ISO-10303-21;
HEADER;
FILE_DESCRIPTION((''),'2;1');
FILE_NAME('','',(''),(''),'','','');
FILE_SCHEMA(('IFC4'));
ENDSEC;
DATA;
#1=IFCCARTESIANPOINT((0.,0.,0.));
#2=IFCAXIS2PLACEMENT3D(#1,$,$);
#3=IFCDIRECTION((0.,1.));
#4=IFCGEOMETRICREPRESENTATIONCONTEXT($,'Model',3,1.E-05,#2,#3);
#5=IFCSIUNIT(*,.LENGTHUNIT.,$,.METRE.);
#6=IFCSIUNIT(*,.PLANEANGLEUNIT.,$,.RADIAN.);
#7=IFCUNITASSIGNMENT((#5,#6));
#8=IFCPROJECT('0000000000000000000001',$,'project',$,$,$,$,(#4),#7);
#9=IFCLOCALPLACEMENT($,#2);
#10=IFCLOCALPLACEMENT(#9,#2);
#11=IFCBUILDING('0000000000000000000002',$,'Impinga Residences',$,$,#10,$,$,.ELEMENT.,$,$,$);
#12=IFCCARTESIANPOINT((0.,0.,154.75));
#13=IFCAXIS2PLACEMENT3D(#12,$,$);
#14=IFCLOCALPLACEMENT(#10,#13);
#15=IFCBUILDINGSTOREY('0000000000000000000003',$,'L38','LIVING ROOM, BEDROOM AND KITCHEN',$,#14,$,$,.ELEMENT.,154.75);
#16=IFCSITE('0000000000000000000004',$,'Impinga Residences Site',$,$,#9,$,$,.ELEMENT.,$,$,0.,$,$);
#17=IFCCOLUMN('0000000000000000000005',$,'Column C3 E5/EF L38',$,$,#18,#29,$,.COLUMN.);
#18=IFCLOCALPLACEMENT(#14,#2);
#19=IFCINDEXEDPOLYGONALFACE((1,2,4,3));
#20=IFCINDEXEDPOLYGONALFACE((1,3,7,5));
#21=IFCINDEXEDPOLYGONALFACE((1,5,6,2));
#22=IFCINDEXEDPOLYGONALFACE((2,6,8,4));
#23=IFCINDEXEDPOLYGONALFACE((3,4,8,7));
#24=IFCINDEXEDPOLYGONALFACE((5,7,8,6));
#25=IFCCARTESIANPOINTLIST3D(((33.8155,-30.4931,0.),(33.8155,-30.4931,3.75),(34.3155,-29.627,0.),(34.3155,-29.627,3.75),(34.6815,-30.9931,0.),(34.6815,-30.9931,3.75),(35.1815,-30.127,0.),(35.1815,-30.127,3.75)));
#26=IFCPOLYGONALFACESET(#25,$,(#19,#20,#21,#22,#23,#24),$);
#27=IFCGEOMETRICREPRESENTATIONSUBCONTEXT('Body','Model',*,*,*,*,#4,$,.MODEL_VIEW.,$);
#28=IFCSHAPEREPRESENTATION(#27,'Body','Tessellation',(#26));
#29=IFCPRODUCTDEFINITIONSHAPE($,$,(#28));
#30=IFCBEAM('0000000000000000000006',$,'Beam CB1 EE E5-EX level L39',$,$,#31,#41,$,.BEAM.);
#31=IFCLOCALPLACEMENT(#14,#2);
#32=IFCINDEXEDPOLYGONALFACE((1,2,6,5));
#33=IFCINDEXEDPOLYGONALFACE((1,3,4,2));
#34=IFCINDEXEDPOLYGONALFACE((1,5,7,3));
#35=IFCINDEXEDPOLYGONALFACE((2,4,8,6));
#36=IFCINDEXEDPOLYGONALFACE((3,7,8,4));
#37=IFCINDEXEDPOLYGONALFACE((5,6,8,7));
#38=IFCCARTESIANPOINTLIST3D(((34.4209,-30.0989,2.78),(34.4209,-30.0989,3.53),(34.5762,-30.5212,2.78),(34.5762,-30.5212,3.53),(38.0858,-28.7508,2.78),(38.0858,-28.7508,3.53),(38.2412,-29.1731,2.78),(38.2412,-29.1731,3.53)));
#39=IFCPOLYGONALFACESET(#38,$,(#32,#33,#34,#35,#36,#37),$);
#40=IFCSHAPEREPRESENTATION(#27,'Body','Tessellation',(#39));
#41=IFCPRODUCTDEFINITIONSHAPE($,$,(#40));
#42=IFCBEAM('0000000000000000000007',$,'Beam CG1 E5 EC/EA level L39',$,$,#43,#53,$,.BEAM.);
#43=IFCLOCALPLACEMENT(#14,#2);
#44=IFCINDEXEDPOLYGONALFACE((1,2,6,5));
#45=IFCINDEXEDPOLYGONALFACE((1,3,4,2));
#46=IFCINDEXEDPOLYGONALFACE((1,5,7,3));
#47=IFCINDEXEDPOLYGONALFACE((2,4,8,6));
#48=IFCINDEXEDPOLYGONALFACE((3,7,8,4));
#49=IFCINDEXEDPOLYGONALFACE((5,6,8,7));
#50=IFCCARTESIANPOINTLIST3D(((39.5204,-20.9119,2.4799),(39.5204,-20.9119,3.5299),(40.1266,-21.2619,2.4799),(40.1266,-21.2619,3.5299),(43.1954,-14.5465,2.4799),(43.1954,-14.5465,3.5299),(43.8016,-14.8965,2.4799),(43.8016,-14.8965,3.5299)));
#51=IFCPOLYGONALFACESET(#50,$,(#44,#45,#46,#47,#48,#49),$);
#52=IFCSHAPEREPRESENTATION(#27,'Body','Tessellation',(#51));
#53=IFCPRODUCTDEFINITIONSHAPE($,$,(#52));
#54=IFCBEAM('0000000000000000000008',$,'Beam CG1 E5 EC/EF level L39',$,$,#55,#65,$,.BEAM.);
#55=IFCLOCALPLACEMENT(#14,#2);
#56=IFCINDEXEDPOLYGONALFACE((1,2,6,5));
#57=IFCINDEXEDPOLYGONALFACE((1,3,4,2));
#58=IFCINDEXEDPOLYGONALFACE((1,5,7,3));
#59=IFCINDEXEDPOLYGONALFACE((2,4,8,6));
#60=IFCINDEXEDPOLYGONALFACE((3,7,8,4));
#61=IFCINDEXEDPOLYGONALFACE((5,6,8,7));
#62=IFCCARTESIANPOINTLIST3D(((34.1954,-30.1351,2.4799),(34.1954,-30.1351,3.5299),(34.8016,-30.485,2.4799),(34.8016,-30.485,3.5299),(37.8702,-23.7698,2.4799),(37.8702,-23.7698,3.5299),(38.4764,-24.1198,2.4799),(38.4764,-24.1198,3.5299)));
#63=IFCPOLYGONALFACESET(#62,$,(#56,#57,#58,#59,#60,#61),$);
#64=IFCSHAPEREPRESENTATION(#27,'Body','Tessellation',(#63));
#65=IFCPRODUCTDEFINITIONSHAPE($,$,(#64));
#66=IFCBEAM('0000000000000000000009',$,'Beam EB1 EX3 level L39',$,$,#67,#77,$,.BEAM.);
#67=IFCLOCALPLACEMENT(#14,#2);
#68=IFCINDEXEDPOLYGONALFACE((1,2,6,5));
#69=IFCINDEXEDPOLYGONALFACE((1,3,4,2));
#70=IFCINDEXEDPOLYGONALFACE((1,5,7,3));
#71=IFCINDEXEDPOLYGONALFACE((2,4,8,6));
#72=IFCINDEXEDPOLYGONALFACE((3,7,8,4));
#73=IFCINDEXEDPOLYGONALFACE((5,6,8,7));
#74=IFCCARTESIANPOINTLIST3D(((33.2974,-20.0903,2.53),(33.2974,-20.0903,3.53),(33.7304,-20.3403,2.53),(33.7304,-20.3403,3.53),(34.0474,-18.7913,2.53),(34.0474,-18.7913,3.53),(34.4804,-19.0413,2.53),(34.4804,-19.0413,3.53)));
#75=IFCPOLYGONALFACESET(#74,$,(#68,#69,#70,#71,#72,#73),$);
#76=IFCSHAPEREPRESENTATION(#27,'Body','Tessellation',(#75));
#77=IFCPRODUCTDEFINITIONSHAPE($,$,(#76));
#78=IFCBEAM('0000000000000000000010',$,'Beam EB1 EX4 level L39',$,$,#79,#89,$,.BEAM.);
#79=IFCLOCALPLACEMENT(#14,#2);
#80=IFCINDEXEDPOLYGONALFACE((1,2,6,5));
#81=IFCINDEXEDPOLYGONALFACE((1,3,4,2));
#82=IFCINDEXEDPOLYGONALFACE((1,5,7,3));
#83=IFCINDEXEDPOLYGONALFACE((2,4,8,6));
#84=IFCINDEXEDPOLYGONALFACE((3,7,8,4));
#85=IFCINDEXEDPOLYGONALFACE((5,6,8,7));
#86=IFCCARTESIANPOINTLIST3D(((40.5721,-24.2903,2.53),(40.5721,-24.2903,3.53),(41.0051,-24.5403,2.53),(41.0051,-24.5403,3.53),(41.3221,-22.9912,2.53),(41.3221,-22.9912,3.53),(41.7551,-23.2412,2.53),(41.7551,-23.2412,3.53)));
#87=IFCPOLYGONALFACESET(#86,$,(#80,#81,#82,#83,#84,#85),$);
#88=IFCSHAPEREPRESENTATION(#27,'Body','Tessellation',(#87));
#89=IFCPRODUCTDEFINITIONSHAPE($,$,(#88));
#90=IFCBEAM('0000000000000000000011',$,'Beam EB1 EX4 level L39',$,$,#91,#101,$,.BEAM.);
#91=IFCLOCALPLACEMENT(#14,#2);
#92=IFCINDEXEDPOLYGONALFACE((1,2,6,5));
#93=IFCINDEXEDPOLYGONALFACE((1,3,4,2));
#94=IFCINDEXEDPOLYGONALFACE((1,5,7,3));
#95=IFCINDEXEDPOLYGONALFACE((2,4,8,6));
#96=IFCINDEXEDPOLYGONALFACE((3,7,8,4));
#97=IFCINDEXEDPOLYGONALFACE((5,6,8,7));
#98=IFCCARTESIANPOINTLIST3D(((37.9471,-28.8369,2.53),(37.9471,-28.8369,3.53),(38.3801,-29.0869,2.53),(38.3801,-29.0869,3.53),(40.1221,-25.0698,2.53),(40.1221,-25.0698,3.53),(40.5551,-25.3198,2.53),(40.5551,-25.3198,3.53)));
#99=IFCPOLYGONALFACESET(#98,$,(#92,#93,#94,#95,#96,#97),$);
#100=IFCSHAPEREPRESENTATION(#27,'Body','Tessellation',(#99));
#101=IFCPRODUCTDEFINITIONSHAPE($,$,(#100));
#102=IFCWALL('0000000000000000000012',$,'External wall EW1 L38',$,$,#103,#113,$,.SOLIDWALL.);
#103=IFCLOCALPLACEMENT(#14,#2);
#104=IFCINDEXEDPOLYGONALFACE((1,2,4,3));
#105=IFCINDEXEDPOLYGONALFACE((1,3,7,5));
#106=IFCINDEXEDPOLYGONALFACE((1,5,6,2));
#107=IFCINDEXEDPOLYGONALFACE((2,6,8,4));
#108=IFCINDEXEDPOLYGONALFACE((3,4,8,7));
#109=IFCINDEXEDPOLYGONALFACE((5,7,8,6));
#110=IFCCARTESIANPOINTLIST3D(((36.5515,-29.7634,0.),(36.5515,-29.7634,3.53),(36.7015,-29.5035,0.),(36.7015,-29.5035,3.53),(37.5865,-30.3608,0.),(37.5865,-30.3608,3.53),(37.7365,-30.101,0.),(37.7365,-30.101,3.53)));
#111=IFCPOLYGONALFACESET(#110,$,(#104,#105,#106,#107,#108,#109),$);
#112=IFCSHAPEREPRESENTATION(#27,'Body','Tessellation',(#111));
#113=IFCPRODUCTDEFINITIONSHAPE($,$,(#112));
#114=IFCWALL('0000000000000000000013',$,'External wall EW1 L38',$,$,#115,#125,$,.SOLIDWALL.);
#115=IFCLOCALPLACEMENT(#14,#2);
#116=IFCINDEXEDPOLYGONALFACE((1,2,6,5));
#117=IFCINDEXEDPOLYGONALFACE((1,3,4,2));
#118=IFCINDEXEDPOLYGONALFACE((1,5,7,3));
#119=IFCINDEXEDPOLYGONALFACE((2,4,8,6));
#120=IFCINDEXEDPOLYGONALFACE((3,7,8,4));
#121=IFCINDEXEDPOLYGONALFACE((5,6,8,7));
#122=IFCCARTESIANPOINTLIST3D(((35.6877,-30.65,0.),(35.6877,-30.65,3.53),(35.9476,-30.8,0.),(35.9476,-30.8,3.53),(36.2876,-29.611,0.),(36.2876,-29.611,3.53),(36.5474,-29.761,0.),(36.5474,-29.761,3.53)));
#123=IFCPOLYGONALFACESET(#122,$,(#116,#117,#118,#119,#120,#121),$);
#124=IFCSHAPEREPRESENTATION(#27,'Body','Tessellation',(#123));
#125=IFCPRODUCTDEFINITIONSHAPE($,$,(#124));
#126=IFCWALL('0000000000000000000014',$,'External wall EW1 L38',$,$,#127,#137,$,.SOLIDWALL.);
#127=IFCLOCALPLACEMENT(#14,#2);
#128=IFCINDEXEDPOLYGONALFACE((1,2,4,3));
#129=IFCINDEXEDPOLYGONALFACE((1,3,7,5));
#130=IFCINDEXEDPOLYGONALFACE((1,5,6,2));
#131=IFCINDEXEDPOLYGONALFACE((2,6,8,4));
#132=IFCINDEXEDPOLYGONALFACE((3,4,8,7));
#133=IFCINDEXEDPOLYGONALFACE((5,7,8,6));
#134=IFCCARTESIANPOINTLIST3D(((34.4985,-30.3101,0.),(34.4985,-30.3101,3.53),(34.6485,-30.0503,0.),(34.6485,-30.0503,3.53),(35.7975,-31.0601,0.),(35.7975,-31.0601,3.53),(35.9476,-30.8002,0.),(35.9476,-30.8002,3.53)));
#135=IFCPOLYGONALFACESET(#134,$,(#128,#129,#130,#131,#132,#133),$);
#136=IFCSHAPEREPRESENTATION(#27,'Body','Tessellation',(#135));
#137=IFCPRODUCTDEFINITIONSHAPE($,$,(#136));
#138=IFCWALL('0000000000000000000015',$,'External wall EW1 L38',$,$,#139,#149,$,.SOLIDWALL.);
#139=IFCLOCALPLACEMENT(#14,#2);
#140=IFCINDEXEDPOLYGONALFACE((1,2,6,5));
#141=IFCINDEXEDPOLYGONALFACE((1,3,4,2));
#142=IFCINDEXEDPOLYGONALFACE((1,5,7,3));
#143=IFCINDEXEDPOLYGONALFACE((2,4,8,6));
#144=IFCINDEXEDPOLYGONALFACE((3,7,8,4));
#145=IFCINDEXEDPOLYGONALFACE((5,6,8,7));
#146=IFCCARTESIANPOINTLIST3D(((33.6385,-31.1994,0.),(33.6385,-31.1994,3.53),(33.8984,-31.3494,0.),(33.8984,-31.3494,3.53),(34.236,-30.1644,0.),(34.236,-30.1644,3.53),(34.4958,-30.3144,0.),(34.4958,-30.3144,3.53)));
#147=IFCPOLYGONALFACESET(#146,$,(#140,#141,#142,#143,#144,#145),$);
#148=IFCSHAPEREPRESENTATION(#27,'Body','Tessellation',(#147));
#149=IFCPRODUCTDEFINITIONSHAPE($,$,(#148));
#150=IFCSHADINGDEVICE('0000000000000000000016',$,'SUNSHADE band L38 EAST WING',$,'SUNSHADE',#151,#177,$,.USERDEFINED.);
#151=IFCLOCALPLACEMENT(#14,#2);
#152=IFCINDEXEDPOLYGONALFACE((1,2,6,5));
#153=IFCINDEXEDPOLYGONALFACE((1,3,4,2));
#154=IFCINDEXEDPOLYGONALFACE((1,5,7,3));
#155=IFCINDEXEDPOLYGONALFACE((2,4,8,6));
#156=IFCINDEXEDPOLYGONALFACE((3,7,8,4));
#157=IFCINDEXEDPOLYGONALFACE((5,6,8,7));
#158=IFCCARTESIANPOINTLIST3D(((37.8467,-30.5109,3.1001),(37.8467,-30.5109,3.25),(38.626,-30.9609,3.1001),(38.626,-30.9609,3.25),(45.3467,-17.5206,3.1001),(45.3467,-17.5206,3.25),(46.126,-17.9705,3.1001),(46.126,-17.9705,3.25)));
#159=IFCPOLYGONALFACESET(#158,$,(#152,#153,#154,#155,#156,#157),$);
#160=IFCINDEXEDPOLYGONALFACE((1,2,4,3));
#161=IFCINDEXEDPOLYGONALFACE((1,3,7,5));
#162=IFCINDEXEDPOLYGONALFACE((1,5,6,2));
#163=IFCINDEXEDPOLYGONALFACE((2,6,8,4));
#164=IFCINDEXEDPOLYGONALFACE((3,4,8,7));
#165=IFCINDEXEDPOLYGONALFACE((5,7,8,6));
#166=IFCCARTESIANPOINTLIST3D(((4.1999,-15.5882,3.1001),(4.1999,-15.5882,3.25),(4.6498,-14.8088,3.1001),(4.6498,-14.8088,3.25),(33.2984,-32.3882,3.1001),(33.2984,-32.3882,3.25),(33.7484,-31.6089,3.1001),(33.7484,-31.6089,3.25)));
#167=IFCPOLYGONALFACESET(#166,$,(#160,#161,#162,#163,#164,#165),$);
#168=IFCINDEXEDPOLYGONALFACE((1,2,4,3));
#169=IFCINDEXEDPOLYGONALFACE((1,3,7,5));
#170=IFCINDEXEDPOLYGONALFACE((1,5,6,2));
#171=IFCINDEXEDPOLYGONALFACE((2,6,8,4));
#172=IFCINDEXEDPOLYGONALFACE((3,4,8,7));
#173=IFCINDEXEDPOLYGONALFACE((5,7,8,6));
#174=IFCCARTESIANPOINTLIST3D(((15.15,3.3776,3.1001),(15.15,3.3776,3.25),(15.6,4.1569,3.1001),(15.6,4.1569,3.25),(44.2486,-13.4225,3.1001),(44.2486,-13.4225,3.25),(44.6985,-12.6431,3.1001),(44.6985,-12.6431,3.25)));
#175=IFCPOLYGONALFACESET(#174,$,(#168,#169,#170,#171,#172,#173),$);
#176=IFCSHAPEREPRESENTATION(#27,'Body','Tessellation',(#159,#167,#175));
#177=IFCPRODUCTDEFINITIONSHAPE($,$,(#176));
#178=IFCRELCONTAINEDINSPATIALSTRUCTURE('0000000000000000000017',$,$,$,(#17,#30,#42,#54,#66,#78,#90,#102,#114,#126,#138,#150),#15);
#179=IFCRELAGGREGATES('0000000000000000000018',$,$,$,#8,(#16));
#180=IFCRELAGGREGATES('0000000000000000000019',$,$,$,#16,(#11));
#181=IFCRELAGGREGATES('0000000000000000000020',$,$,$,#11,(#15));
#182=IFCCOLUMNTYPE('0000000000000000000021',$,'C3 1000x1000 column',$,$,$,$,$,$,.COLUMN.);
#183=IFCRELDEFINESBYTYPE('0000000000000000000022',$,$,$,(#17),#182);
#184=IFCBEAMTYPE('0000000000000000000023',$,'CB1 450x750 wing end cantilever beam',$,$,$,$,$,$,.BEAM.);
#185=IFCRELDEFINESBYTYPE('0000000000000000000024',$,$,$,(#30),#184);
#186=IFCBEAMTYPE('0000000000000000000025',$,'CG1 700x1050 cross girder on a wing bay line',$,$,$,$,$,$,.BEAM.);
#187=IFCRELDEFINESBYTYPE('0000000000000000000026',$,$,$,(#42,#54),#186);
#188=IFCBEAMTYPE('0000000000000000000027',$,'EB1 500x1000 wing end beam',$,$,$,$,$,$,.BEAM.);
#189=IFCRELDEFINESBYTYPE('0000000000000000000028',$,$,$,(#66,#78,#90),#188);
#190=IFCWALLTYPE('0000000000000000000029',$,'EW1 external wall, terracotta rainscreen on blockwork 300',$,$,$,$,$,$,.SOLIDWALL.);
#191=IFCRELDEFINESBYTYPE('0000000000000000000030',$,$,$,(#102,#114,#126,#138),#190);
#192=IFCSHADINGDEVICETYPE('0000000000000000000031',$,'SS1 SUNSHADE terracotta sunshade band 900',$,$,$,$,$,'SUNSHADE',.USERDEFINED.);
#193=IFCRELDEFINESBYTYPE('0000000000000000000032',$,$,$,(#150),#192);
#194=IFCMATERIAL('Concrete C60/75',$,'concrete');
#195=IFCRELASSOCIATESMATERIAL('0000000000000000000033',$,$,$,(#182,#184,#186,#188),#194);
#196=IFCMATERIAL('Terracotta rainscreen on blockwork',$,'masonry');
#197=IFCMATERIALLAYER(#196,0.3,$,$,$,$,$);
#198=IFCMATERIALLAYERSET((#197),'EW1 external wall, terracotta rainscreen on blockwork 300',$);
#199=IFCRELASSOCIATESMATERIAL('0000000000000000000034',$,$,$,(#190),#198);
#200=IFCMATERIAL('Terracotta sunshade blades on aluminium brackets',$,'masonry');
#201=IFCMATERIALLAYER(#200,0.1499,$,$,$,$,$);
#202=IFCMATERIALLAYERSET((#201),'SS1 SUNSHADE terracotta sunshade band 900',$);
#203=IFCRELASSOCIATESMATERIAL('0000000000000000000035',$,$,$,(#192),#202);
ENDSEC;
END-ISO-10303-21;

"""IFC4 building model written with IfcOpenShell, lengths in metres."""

from ifc_helpers import new_model, si_unit, direction, frame, frame_2d, origin, origin_2d, place, context, subcontext, project, spatial, rectangle, extrude, material, layer, layer_set, material_profile, profile_set, type_object, element, save


model = new_model("IFC4")

# Units and contexts
model_context = context("Model", 3, precision=1e-05, world=origin(), true_north=direction((0.0, 1.0)))
body_context = subcontext(model_context, "Body", "Model", "MODEL_VIEW")
ifc_project = project(units=[si_unit("LENGTHUNIT", "METRE"), si_unit("PLANEANGLEUNIT", "RADIAN")], contexts=[model_context])

# Site, building, storey
site_placement = place(None, origin())
site = spatial("IfcSite", under=ifc_project, at=site_placement, Name="Impinga Residences Site", CompositionType="ELEMENT", RefElevation=0.0)
building_placement = place(site_placement, origin())
building = spatial("IfcBuilding", under=site, at=building_placement, Name="Impinga Residences", CompositionType="ELEMENT")
storey_placement = place(building_placement, frame((0.0, 0.0, 154.75)))
storey = spatial("IfcBuildingStorey", under=building, at=storey_placement, Name="L38", Description="LIVING ROOM, BEDROOM AND KITCHEN", CompositionType="ELEMENT", Elevation=154.75)

# Column
ifc_material_1 = material(Name="Concrete C60/75", Category="concrete")
ifc_material_profile_1 = material_profile(ifc_material_1, rectangle(XDim=1.0, YDim=1.0, at=origin_2d()), Name="RC 1000x1000")
ifc_profile_set_1 = profile_set([ifc_material_profile_1], Name="Concrete C60/75")
column_type = type_object("IfcColumnType", Name="C3 1000x1000 column", PredefinedType="COLUMN", material=ifc_profile_set_1)
column_placement = place(storey_placement, frame((34.4985, -30.3101, 0.0), z_axis=(0.0, 0.0, 1.0), x_axis=(-0.5, -0.866025, 0.0)))
element("IfcColumn", 1, at=column_placement, inside=storey, type_object=column_type, Name="Column C3 E5/EF L38", PredefinedType="COLUMN", context=body_context, shape_type="SweptSolid", body=[
    extrude(rectangle(XDim=1.0, YDim=1.0, at=origin_2d()), origin(), (0.0, 0.0, 1.0), 3.75),
])

# Beams
ifc_material_profile_2 = material_profile(ifc_material_1, rectangle(XDim=0.45, YDim=0.75, at=origin_2d()), Name="RC 450x750")
ifc_profile_set_2 = profile_set([ifc_material_profile_2], Name="Concrete C60/75")
beam_type_1 = type_object("IfcBeamType", Name="CB1 450x750 wing end cantilever beam", PredefinedType="BEAM", material=ifc_profile_set_2)
beam_1_placement = place(storey_placement, frame((34.4985, -30.3101, 3.155), z_axis=(0.93852, 0.345224, 0.0), x_axis=(-0.345224, 0.93852, 0.0)))
element("IfcBeam", 2, at=beam_1_placement, inside=storey, type_object=beam_type_1, Name="Beam CB1 EE E5-EX level L39", PredefinedType="BEAM", context=body_context, shape_type="SweptSolid", body=[
    extrude(rectangle(XDim=0.45, YDim=0.75, at=origin_2d()), origin(), (0.0, 0.0, 1.0), 3.905),
])
ifc_material_profile_3 = material_profile(ifc_material_1, rectangle(XDim=0.7, YDim=1.05, at=origin_2d()), Name="RC 700x1050")
ifc_profile_set_3 = profile_set([ifc_material_profile_3], Name="Concrete C60/75")
beam_type_2 = type_object("IfcBeamType", Name="CG1 700x1050 cross girder on a wing bay line", PredefinedType="BEAM", material=ifc_profile_set_3)
beam_2_placement = place(storey_placement, frame((39.8235, -21.0869, 3.0049), z_axis=(0.499994, 0.866029, 0.0), x_axis=(-0.866029, 0.499994, 0.0)))
element("IfcBeam", 3, at=beam_2_placement, inside=storey, type_object=beam_type_2, Name="Beam CG1 E5 EC/EA level L39", PredefinedType="BEAM", context=body_context, shape_type="SweptSolid", body=[
    extrude(rectangle(XDim=0.7, YDim=1.05, at=origin_2d()), origin(), (0.0, 0.0, 1.0), 7.3501),
])
beam_3_placement = place(storey_placement, frame((38.1733, -23.9448, 3.0049), z_axis=(-0.499983, -0.866035, 0.0), x_axis=(0.866035, -0.499983, 0.0)))
element("IfcBeam", 4, at=beam_3_placement, inside=storey, type_object=beam_type_2, Name="Beam CG1 E5 EC/EF level L39", PredefinedType="BEAM", context=body_context, shape_type="SweptSolid", body=[
    extrude(rectangle(XDim=0.7, YDim=1.05, at=origin_2d()), origin(), (0.0, 0.0, 1.0), 7.3499),
])
ifc_material_profile_4 = material_profile(ifc_material_1, rectangle(XDim=0.5, YDim=1.0, at=origin_2d()), Name="RC 500x1000")
ifc_profile_set_4 = profile_set([ifc_material_profile_4], Name="Concrete C60/75")
beam_type_3 = type_object("IfcBeamType", Name="EB1 500x1000 wing end beam", PredefinedType="BEAM", material=ifc_profile_set_4)
for number, where, z_axis, x_axis, name in (
    (5, (34.2639, -18.9163, 3.03), (-0.49999, -0.866031, 0.0), (0.866031, -0.49999, 0.0), "Beam EB1 EX3 level L39"),
    (6, (41.5386, -23.1162, 3.03), (-0.49999, -0.866031, 0.0), (0.866031, -0.49999, 0.0), "Beam EB1 EX4 level L39"),
):
    element("IfcBeam", number, at=place(storey_placement, frame(where, z_axis=z_axis, x_axis=x_axis)), inside=storey, type_object=beam_type_3, Name=name, PredefinedType="BEAM", context=body_context, shape_type="SweptSolid", body=[
        extrude(rectangle(XDim=0.5, YDim=1.0, at=origin_2d()), origin(), (0.0, 0.0, 1.0), 1.5),
    ])
beam_4_placement = place(storey_placement, frame((40.3386, -25.1948, 3.03), z_axis=(-0.50002, -0.866014, 0.0), x_axis=(0.866014, -0.50002, 0.0)))
element("IfcBeam", 7, at=beam_4_placement, inside=storey, type_object=beam_type_3, Name="Beam EB1 EX4 level L39", PredefinedType="BEAM", context=body_context, shape_type="SweptSolid", body=[
    extrude(rectangle(XDim=0.5, YDim=1.0, at=origin_2d()), origin(), (0.0, 0.0, 1.0), 4.3499),
])

# Walls
ifc_material_2 = material(Name="Terracotta rainscreen on blockwork", Category="masonry")
ifc_layer_1 = layer(ifc_material_2, 0.3)
ifc_layer_set_1 = layer_set([ifc_layer_1], Name="EW1 external wall, terracotta rainscreen on blockwork 300")
wall_type = type_object("IfcWallType", Name="EW1 external wall, terracotta rainscreen on blockwork 300", PredefinedType="SOLIDWALL", material=ifc_layer_set_1)
wall_1_placement = place(storey_placement, frame((37.6616, -30.231, 0.0), z_axis=(0.0, 0.0, 1.0), x_axis=(-0.86606, 0.499941, 0.0)))
element("IfcWall", 8, at=wall_1_placement, inside=storey, type_object=wall_type, Name="External wall EW1 L38", PredefinedType="SOLIDWALL", context=body_context, shape_type="SweptSolid", body=[
    extrude(rectangle(XDim=1.1951, YDim=0.3, at=frame_2d((0.5977, 0.0))), origin(), (0.0, 0.0, 1.0), 3.53),
])
wall_2_placement = place(storey_placement, frame((36.4175, -29.686, 0.0), z_axis=(0.0, 0.0, 1.0), x_axis=(-0.499969, -0.866043, 0.0)))
element("IfcWall", 9, at=wall_2_placement, inside=storey, type_object=wall_type, Name="External wall EW1 L38", PredefinedType="SOLIDWALL", context=body_context, shape_type="SweptSolid", body=[
    extrude(rectangle(XDim=1.1997, YDim=0.3, at=frame_2d((0.5999, 0.0))), origin(), (0.0, 0.0, 1.0), 3.53),
])
wall_3_placement = place(storey_placement, frame((35.8726, -30.9302, 0.0), z_axis=(0.0, 0.0, 1.0), x_axis=(-0.866031, 0.49999, 0.0)))
element("IfcWall", 10, at=wall_3_placement, inside=storey, type_object=wall_type, Name="External wall EW1 L38", PredefinedType="SOLIDWALL", context=body_context, shape_type="SweptSolid", body=[
    extrude(rectangle(XDim=1.5, YDim=0.3, at=frame_2d((0.75, 0.0))), origin(), (0.0, 0.0, 1.0), 3.53),
])
wall_4_placement = place(storey_placement, frame((34.366, -30.2393, 0.0), z_axis=(0.0, 0.0, 1.0), x_axis=(-0.499941, -0.86606, 0.0)))
element("IfcWall", 11, at=wall_4_placement, inside=storey, type_object=wall_type, Name="External wall EW1 L38", PredefinedType="SOLIDWALL", context=body_context, shape_type="SweptSolid", body=[
    extrude(rectangle(XDim=1.1951, YDim=0.3, at=frame_2d((0.5977, 0.0))), origin(), (0.0, 0.0, 1.0), 3.53),
])

# Shading device
ifc_material_3 = material(Name="Terracotta sunshade blades on aluminium brackets", Category="masonry")
ifc_layer_2 = layer(ifc_material_3, 0.1499)
ifc_layer_set_2 = layer_set([ifc_layer_2], Name="SS1 SUNSHADE terracotta sunshade band 900")
shading_device_type = type_object("IfcShadingDeviceType", Name="SS1 SUNSHADE terracotta sunshade band 900", ElementType="SUNSHADE", PredefinedType="USERDEFINED", material=ifc_layer_set_2)
shading_device_placement = place(storey_placement, frame((41.9863, -24.2407, 3.1001), z_axis=(0.0, 0.0, 1.0), x_axis=(-0.5, -0.866025, 0.0)))
element("IfcShadingDevice", 12, at=shading_device_placement, inside=storey, type_object=shading_device_type, Name="SUNSHADE band L38 EAST WING", ObjectType="SUNSHADE", PredefinedType="USERDEFINED", context=body_context, shape_type="SweptSolid", body=[
    extrude(rectangle(XDim=15.0, YDim=0.8999, at=origin_2d()), origin(), (0.0, 0.0, 1.0), 0.1499),
    extrude(rectangle(XDim=33.6001, YDim=0.8999, at=origin_2d()), frame((10.95, -20.2502, 0.0), z_axis=(0.0, 0.0, 1.0), x_axis=(0.0, -1.0, 0.0)), (0.0, 0.0, 1.0), 0.1499),
    extrude(rectangle(XDim=33.6001, YDim=0.8999, at=origin_2d()), frame((-10.95, -20.25, 0.0), z_axis=(0.0, 0.0, 1.0), x_axis=(0.0, 1.0, 0.0)), (0.0, 0.0, 1.0), 0.1499),
])

save(model, "model.ifc")
